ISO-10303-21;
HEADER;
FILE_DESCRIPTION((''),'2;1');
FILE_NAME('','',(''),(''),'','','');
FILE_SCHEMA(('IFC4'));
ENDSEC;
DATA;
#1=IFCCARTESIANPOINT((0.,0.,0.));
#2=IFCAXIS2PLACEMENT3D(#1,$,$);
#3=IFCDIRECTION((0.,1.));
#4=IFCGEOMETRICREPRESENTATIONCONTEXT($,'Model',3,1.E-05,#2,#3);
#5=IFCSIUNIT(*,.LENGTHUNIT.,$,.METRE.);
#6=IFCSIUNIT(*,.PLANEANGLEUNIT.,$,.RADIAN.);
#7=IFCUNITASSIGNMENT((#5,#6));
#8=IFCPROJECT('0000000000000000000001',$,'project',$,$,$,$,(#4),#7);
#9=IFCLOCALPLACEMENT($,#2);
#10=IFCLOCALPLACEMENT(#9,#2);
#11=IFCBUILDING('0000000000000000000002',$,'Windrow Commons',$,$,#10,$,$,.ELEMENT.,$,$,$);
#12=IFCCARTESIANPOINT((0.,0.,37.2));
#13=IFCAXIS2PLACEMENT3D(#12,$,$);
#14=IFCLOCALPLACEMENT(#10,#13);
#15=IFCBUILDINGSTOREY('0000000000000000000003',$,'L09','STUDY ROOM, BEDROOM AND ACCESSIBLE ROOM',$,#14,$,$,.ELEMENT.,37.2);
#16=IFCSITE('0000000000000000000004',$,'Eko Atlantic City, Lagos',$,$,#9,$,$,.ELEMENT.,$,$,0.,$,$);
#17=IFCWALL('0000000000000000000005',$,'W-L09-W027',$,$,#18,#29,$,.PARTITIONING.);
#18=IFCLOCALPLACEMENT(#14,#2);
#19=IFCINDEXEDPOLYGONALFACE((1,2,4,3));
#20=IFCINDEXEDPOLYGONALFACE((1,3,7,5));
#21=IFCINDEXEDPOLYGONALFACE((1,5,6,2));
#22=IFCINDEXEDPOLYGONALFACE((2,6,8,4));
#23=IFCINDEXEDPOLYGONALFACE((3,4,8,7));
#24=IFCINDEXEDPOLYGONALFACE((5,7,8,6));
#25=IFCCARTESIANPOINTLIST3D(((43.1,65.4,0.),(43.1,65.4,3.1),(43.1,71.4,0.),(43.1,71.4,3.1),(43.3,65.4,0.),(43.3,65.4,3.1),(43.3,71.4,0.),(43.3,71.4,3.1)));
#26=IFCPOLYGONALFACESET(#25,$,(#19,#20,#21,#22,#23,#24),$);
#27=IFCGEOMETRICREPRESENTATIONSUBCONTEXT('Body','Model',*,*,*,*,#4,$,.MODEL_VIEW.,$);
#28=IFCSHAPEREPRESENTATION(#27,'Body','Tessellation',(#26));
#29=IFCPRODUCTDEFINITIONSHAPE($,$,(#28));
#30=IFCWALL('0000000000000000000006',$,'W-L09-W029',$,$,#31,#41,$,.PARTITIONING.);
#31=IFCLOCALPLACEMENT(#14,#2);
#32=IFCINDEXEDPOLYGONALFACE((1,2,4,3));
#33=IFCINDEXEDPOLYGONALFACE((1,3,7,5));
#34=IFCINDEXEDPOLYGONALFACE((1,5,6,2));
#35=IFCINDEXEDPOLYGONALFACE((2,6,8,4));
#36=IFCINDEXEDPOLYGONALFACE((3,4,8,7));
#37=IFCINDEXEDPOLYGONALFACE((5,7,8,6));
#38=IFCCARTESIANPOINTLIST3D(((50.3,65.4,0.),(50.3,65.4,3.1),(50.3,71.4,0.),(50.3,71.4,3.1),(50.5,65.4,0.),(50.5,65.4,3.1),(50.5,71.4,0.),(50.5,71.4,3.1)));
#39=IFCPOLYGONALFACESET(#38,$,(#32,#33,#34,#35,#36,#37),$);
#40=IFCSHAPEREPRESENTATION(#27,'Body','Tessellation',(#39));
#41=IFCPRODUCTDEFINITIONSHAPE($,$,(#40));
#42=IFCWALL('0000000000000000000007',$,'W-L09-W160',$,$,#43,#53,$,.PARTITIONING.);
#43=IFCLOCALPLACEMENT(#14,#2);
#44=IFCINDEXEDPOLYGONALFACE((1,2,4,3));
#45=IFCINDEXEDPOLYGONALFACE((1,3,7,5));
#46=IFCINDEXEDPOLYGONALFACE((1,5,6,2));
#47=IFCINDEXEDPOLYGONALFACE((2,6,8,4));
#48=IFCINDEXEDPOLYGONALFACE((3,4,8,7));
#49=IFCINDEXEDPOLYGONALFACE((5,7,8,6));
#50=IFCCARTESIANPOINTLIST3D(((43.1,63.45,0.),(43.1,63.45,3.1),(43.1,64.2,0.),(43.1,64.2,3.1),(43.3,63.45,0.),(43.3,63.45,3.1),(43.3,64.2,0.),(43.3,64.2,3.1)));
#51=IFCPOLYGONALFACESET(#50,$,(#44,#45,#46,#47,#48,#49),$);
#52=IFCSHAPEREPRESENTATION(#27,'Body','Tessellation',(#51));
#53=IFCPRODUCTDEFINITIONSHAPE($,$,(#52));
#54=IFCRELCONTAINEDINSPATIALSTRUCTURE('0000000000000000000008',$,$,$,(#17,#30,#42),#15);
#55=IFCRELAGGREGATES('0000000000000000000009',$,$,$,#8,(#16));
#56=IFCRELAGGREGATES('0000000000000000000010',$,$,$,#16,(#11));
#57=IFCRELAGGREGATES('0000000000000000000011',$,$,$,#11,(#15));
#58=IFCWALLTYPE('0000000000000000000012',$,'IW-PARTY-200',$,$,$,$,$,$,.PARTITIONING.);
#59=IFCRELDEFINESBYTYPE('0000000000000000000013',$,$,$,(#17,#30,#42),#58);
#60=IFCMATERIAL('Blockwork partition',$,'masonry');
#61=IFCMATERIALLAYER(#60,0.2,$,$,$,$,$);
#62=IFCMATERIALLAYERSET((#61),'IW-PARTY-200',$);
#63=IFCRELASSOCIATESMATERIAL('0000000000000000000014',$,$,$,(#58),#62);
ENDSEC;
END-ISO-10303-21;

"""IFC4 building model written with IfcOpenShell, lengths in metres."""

from ifc_helpers import new_model, si_unit, direction, frame, frame_2d, origin, place, context, subcontext, project, spatial, rectangle, extrude, material, layer, layer_set, type_object, element, save


model = new_model("IFC4")

# Units and contexts
model_context = context("Model", 3, precision=1e-05, world=origin(), true_north=direction((0.0, 1.0)))
body_context = subcontext(model_context, "Body", "Model", "MODEL_VIEW")
ifc_project = project(units=[si_unit("LENGTHUNIT", "METRE"), si_unit("PLANEANGLEUNIT", "RADIAN")], contexts=[model_context])

# Site, building, storey
site_placement = place(None, origin())
site = spatial("IfcSite", under=ifc_project, at=site_placement, Name="Eko Atlantic City, Lagos", CompositionType="ELEMENT", RefElevation=0.0)
building_placement = place(site_placement, origin())
building = spatial("IfcBuilding", under=site, at=building_placement, Name="Windrow Commons", CompositionType="ELEMENT")
storey_placement = place(building_placement, frame((0.0, 0.0, 37.2)))
storey = spatial("IfcBuildingStorey", under=building, at=storey_placement, Name="L09", Description="STUDY ROOM, BEDROOM AND ACCESSIBLE ROOM", CompositionType="ELEMENT", Elevation=37.2)

# Walls
ifc_material_1 = material(Name="Blockwork partition", Category="masonry")
ifc_layer_1 = layer(ifc_material_1, 0.2)
ifc_layer_set_1 = layer_set([ifc_layer_1], Name="IW-PARTY-200")
wall_type_1 = type_object("IfcWallType", Name="IW-PARTY-200", PredefinedType="PARTITIONING", material=ifc_layer_set_1)
for number, where, z_axis, x_axis, name in (
    (1, (43.2, 65.4, 0.0), (0.0, 0.0, 1.0), (0.0, 1.0, 0.0), "W-L09-W027"),
    (2, (50.4, 65.4, 0.0), (0.0, 0.0, 1.0), (0.0, 1.0, 0.0), "W-L09-W029"),
):
    element("IfcWall", number, at=place(storey_placement, frame(where, z_axis=z_axis, x_axis=x_axis)), inside=storey, type_object=wall_type_1, Name=name, PredefinedType="PARTITIONING", context=body_context, shape_type="SweptSolid", body=[
        extrude(rectangle(XDim=6.0, YDim=0.2, at=frame_2d((3.0, 0.0))), origin(), (0.0, 0.0, 1.0), 3.1),
    ])
wall_1_placement = place(storey_placement, frame((43.2, 63.45, 0.0), z_axis=(0.0, 0.0, 1.0), x_axis=(0.0, 1.0, 0.0)))
element("IfcWall", 3, at=wall_1_placement, inside=storey, type_object=wall_type_1, Name="W-L09-W160", PredefinedType="PARTITIONING", context=body_context, shape_type="SweptSolid", body=[
    extrude(rectangle(XDim=0.75, YDim=0.2, at=frame_2d((0.375, 0.0))), origin(), (0.0, 0.0, 1.0), 3.1),
])

save(model, "model.ifc")
